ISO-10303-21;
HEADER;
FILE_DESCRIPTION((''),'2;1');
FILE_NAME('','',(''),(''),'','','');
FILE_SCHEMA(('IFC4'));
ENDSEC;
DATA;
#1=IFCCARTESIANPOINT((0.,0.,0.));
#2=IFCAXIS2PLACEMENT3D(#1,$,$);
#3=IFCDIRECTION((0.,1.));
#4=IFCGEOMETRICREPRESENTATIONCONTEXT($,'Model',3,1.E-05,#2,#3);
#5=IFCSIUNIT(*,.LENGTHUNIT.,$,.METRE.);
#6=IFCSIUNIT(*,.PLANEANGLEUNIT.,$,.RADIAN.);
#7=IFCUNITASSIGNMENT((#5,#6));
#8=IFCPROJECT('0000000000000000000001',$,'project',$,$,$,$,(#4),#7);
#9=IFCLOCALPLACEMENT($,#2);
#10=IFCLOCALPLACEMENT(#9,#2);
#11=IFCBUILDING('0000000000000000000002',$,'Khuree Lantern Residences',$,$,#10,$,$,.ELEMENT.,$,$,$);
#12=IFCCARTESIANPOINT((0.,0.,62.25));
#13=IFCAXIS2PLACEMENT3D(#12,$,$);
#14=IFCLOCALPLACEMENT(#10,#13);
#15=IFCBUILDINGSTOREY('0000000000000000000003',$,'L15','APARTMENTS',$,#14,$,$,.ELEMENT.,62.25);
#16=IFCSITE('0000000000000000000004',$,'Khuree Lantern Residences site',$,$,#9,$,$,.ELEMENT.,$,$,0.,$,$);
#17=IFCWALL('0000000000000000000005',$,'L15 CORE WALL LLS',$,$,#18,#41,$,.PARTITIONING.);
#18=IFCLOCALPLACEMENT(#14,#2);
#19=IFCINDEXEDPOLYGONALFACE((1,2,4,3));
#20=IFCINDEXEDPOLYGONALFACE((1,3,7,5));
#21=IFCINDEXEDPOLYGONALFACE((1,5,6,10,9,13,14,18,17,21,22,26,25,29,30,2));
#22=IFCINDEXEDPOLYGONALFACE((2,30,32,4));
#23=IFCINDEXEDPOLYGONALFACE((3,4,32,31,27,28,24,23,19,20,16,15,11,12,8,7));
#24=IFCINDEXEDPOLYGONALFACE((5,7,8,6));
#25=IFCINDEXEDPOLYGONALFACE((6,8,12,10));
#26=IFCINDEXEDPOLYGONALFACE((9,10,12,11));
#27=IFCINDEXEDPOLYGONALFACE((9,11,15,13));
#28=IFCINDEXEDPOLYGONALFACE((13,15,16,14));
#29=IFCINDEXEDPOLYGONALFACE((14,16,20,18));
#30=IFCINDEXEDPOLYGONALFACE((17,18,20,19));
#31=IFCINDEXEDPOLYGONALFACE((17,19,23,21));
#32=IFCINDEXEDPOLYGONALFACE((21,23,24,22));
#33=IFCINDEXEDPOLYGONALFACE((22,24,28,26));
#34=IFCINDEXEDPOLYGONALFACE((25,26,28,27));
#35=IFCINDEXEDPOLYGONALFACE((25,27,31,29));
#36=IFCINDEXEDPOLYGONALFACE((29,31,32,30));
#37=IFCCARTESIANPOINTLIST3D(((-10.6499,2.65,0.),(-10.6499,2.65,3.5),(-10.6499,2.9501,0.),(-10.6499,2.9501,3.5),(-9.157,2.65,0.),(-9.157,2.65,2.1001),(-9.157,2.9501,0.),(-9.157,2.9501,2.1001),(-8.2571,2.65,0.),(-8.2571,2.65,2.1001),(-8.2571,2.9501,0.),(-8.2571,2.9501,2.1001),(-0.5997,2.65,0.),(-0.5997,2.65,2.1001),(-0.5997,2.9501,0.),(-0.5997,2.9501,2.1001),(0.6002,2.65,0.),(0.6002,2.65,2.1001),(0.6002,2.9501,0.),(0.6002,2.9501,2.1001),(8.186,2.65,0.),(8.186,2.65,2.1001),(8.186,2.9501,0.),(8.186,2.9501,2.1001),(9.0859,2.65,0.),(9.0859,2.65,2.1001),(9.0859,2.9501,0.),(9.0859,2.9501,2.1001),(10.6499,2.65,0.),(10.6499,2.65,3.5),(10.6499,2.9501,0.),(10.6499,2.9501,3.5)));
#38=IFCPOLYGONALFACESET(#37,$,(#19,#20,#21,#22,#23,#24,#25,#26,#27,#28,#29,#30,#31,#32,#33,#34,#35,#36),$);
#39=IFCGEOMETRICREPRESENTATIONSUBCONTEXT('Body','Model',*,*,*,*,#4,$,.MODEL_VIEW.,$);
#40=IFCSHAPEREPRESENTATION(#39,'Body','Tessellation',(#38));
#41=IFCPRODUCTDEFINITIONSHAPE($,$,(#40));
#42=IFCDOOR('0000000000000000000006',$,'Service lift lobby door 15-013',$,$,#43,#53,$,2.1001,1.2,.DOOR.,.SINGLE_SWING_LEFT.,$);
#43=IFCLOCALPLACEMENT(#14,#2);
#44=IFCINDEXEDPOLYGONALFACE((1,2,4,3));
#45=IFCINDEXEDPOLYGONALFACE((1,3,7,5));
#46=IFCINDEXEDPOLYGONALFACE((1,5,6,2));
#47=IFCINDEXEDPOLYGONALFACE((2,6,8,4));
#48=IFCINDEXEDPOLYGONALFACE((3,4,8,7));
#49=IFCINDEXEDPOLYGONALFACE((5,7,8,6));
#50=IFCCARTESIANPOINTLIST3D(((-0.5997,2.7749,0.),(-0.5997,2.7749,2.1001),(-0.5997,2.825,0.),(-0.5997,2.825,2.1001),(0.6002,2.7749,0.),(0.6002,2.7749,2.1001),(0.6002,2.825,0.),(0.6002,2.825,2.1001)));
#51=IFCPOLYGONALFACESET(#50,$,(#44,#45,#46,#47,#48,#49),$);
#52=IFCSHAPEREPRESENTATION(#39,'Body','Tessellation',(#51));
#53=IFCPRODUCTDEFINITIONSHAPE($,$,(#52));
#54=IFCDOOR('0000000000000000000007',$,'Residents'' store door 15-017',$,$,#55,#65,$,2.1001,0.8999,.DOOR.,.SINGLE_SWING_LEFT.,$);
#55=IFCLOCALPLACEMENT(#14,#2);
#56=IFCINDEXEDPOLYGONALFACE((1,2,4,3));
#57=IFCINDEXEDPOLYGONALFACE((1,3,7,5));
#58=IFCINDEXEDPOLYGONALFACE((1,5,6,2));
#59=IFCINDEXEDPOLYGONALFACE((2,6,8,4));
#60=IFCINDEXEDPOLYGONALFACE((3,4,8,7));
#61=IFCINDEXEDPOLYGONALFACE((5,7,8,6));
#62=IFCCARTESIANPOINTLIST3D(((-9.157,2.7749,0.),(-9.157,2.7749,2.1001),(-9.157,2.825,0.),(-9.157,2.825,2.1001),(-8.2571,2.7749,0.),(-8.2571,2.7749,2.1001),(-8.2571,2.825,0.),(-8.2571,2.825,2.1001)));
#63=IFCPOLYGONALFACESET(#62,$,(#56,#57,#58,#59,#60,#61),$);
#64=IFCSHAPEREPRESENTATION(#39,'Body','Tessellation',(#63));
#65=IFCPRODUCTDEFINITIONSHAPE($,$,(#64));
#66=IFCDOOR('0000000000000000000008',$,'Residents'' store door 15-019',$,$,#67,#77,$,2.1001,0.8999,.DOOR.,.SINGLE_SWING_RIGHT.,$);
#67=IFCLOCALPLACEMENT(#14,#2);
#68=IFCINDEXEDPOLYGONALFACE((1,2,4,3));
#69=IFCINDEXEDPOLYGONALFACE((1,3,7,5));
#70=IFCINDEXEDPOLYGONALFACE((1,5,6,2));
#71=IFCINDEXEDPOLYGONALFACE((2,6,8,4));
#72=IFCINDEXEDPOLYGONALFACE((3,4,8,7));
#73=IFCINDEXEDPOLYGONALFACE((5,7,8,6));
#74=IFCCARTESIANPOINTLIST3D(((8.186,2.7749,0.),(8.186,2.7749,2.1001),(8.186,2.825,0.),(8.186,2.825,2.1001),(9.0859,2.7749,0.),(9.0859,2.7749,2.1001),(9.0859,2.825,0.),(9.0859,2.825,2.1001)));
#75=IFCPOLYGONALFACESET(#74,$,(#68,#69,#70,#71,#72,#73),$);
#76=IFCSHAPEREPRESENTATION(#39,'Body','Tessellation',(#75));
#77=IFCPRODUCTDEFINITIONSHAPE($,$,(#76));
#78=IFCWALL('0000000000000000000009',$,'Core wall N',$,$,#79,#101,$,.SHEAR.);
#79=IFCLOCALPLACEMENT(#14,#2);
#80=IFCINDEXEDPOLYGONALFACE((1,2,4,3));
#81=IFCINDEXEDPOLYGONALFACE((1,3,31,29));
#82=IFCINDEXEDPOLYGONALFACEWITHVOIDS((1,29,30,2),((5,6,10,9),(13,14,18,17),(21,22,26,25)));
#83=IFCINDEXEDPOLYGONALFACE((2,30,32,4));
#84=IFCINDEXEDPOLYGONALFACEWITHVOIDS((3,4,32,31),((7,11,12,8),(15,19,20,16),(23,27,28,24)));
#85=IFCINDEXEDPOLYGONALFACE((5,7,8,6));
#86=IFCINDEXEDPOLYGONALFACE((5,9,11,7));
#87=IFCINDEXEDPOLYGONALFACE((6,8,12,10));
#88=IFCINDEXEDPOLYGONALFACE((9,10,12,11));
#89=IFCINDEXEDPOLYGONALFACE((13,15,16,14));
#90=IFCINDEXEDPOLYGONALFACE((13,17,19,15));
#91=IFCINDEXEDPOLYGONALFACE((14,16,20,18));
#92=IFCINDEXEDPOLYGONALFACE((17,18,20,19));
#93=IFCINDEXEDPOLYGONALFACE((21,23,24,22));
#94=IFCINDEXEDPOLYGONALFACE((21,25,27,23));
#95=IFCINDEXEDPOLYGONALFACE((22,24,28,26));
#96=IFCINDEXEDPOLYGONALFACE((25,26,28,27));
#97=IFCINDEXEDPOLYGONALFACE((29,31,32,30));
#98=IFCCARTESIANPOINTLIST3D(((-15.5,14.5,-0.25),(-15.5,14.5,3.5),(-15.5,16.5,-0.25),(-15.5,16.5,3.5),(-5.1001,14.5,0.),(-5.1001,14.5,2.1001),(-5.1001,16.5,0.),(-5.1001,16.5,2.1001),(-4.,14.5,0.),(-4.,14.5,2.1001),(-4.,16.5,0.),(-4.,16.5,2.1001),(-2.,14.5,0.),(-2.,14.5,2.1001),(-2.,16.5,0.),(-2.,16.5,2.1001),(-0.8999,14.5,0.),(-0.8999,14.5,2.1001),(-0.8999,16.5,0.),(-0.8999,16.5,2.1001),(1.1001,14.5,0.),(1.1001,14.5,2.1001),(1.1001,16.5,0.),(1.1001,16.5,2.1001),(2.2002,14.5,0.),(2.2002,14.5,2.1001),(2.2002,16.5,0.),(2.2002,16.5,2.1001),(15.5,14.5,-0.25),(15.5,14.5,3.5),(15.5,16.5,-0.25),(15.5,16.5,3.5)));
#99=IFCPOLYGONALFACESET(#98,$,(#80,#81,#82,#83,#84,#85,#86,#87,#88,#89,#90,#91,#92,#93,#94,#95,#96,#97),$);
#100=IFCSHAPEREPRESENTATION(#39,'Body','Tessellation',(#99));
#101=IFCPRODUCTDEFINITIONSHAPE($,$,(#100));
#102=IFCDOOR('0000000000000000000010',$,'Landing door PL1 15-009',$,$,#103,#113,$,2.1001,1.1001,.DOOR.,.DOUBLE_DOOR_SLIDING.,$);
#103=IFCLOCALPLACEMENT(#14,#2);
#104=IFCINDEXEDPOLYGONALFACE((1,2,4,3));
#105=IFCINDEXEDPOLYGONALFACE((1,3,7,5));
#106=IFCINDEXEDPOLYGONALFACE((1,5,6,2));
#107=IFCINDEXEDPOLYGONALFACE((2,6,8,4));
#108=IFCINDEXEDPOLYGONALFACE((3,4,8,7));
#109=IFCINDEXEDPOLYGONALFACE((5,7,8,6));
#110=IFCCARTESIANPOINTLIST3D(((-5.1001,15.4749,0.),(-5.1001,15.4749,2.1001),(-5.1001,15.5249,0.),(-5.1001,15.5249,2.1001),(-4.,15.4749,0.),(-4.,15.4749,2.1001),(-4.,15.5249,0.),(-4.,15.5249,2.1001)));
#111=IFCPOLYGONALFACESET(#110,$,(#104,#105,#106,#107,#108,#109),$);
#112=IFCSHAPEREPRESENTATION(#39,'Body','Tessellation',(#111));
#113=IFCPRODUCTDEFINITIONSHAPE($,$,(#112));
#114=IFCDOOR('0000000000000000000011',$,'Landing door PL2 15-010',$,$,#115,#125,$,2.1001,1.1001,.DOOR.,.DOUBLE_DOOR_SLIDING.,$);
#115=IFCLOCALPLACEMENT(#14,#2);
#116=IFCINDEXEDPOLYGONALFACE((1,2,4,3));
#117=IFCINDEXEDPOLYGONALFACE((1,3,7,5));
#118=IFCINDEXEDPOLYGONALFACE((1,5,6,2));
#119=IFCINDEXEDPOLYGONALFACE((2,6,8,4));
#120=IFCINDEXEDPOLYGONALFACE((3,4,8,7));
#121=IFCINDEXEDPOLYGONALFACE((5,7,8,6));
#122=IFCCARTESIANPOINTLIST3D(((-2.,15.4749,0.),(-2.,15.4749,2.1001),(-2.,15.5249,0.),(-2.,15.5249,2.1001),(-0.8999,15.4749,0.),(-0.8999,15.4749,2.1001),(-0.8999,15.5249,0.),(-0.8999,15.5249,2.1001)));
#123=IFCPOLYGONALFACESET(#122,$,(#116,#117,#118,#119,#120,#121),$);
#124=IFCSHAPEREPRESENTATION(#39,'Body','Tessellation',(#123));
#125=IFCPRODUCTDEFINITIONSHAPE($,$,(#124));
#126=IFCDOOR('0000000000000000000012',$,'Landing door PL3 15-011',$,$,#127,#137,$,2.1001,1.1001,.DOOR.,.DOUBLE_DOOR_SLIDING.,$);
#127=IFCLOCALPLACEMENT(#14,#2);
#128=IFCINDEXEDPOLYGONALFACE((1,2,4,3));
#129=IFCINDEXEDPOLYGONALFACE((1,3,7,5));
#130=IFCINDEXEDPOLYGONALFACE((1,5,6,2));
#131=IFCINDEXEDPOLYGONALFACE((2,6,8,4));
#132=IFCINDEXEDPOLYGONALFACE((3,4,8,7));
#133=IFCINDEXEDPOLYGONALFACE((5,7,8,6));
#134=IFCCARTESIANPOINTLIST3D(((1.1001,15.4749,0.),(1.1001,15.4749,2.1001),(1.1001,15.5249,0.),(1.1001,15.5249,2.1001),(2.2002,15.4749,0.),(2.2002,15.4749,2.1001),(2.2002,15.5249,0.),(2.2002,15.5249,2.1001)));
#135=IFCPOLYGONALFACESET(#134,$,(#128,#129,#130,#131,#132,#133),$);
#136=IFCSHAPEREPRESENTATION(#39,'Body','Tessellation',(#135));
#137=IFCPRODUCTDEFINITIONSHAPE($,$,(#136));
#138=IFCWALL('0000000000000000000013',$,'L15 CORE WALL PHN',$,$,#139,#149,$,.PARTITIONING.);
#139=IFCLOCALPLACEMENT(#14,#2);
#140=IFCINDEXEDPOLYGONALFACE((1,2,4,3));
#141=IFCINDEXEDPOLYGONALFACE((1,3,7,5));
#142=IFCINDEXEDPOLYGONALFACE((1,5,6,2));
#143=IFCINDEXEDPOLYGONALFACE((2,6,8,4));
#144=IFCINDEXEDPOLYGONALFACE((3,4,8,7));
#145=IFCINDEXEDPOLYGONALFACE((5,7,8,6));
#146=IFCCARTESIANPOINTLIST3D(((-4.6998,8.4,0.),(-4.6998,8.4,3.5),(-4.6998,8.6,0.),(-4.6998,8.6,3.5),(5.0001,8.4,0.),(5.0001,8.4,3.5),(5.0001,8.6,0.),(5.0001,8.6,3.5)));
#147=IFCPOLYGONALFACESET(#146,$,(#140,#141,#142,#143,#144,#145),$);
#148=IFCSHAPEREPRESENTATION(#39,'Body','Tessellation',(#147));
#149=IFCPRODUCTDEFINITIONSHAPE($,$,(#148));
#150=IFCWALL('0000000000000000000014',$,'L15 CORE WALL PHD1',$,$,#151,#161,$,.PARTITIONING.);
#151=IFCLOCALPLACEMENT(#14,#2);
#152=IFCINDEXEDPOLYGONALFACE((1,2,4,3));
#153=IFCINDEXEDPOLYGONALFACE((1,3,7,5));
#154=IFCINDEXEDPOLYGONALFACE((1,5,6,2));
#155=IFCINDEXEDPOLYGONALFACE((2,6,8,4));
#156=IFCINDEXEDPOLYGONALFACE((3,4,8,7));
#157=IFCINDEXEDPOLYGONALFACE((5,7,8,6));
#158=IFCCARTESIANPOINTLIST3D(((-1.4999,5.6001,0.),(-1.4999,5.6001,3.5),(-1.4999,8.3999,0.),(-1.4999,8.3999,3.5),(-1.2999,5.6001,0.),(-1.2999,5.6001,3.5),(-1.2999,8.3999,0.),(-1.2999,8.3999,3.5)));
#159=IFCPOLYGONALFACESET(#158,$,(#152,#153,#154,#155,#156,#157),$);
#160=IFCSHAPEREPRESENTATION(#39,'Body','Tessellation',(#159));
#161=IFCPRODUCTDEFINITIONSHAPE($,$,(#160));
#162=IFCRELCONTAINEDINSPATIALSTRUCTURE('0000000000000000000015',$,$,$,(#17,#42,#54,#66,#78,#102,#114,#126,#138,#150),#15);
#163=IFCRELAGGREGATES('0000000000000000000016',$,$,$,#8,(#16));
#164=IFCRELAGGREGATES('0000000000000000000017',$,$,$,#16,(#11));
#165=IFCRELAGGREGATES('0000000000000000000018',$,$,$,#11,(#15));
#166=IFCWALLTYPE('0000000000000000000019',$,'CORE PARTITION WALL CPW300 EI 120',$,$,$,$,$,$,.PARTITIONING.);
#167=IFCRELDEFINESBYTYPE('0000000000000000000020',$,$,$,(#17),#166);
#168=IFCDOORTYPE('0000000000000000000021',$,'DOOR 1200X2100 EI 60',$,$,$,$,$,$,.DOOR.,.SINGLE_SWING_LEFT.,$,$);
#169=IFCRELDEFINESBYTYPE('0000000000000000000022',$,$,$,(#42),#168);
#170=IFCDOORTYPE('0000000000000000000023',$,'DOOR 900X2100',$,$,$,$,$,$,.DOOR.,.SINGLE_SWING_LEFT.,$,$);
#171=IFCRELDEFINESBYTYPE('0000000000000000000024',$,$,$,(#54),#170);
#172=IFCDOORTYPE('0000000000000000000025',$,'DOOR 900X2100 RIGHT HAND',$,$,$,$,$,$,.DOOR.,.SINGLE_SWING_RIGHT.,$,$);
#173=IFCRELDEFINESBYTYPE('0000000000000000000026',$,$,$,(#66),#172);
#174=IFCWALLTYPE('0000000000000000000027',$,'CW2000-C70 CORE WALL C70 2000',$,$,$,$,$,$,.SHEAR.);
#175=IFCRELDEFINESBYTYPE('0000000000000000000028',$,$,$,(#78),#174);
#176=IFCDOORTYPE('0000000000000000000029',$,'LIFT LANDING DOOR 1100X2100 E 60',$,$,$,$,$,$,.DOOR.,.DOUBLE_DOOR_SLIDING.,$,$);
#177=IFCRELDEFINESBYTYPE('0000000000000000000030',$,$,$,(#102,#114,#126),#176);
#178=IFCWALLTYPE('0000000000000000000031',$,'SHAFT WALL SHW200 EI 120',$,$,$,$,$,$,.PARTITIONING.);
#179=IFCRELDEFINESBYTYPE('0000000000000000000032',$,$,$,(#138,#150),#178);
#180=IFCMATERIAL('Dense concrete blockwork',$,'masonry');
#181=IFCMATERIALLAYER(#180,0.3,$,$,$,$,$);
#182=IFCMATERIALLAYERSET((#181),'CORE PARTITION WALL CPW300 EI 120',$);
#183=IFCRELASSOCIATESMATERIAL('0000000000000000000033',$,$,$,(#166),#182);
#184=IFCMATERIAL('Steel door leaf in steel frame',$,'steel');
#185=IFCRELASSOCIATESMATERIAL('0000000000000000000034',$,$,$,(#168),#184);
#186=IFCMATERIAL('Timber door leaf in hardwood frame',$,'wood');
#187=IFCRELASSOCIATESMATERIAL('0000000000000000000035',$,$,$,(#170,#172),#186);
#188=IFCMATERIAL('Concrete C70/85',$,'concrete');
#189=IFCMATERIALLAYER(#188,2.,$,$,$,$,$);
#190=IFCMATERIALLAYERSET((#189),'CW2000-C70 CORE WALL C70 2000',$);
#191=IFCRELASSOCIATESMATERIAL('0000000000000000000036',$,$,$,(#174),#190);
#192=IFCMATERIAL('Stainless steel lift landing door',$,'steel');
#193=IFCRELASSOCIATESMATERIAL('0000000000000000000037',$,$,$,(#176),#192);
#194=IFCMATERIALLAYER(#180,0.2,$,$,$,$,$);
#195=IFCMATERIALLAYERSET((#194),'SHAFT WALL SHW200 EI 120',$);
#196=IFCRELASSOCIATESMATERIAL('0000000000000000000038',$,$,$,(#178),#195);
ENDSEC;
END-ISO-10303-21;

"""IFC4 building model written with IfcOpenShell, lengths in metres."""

from ifc_helpers import new_model, si_unit, direction, frame, frame_2d, origin, place, context, subcontext, project, spatial, rectangle, extrude, material, layer, layer_set, type_object, element, fill, save


model = new_model("IFC4")

# Units and contexts
model_context = context("Model", 3, precision=1e-05, world=origin(), true_north=direction((0.0, 1.0)))
body_context = subcontext(model_context, "Body", "Model", "MODEL_VIEW")
ifc_project = project(units=[si_unit("LENGTHUNIT", "METRE"), si_unit("PLANEANGLEUNIT", "RADIAN")], contexts=[model_context])

# Site, building, storey
site_placement = place(None, origin())
site = spatial("IfcSite", under=ifc_project, at=site_placement, Name="Khuree Lantern Residences site", CompositionType="ELEMENT", RefElevation=0.0)
building_placement = place(site_placement, origin())
building = spatial("IfcBuilding", under=site, at=building_placement, Name="Khuree Lantern Residences", CompositionType="ELEMENT")
storey_placement = place(building_placement, frame((0.0, 0.0, 62.25)))
storey = spatial("IfcBuildingStorey", under=building, at=storey_placement, Name="L15", Description="APARTMENTS", CompositionType="ELEMENT", Elevation=62.25)

# Shared definitions
ifc_material_1 = material(Name="Dense concrete blockwork", Category="masonry")
ifc_layer_1 = layer(ifc_material_1, 0.3)
ifc_layer_set_1 = layer_set([ifc_layer_1], Name="CORE PARTITION WALL CPW300 EI 120")
wall_type_1 = type_object("IfcWallType", Name="CORE PARTITION WALL CPW300 EI 120", PredefinedType="PARTITIONING", material=ifc_layer_set_1)

# Walls, openings, doors
wall_1_placement = place(storey_placement, frame((-10.6499, 2.8, 0.0), z_axis=(0.0, 0.0, 1.0), x_axis=(1.0, 0.0, 0.0)))
wall_1 = element("IfcWall", 1, at=wall_1_placement, inside=storey, type_object=wall_type_1, Name="L15 CORE WALL LLS", PredefinedType="PARTITIONING", context=body_context, shape_type="SweptSolid", body=[
    extrude(rectangle(XDim=21.2998, YDim=0.3, at=frame_2d((10.6499, 0.0))), origin(), (0.0, 0.0, 1.0), 3.5),
])
opening_1_placement = place(wall_1_placement, frame((10.05, 0.0, 0.0)))
opening_1 = element("IfcOpeningElement", 2, at=opening_1_placement, cuts=wall_1, PredefinedType="OPENING", context=body_context, shape_type="SweptSolid", body=[
    extrude(rectangle(XDim=1.2, YDim=2.1001, at=frame_2d((0.6001, 1.05))), frame((0.0, 0.1602, 0.0), z_axis=(0.0, -1.0, 0.0), x_axis=(1.0, 0.0, 0.0)), (0.0, 0.0, 1.0), 0.3201),
])
opening_2_placement = place(wall_1_placement, frame((1.4929, 0.0, 0.0)))
opening_2 = element("IfcOpeningElement", 3, at=opening_2_placement, cuts=wall_1, PredefinedType="OPENING", context=body_context, shape_type="SweptSolid", body=[
    extrude(rectangle(XDim=0.8999, YDim=2.1001, at=frame_2d((0.45, 1.05))), frame((0.0, 0.1602, 0.0), z_axis=(0.0, -1.0, 0.0), x_axis=(1.0, 0.0, 0.0)), (0.0, 0.0, 1.0), 0.3201),
])
opening_3_placement = place(wall_1_placement, frame((18.8359, 0.0, 0.0)))
opening_3 = element("IfcOpeningElement", 4, at=opening_3_placement, cuts=wall_1, PredefinedType="OPENING", context=body_context, shape_type="SweptSolid", body=[
    extrude(rectangle(XDim=0.8999, YDim=2.1001, at=frame_2d((0.45, 1.05))), frame((0.0, 0.1602, 0.0), z_axis=(0.0, -1.0, 0.0), x_axis=(1.0, 0.0, 0.0)), (0.0, 0.0, 1.0), 0.3201),
])
ifc_material_2 = material(Name="Steel door leaf in steel frame", Category="steel")
door_type_1 = type_object("IfcDoorType", Name="DOOR 1200X2100 EI 60", OperationType="SINGLE_SWING_LEFT", PredefinedType="DOOR", material=ifc_material_2)
door_1_placement = place(opening_1_placement, origin())
door_1 = element("IfcDoor", 5, at=door_1_placement, inside=storey, type_object=door_type_1, Name="Service lift lobby door 15-013", OperationType="SINGLE_SWING_LEFT", OverallHeight=2.1001, OverallWidth=1.2, PredefinedType="DOOR", context=body_context, shape_type="SweptSolid", body=[
    extrude(rectangle(XDim=1.2, YDim=2.1001, at=frame_2d((0.6001, 1.05))), frame((0.0, 0.0249, 0.0), z_axis=(0.0, -1.0, 0.0), x_axis=(1.0, 0.0, 0.0)), (0.0, 0.0, 1.0), 0.05),
])
fill(opening_1, door_1)
ifc_material_3 = material(Name="Timber door leaf in hardwood frame", Category="wood")
door_type_2 = type_object("IfcDoorType", Name="DOOR 900X2100", OperationType="SINGLE_SWING_LEFT", PredefinedType="DOOR", material=ifc_material_3)
door_2_placement = place(opening_2_placement, origin())
door_2 = element("IfcDoor", 6, at=door_2_placement, inside=storey, type_object=door_type_2, Name="Residents' store door 15-017", OperationType="SINGLE_SWING_LEFT", OverallHeight=2.1001, OverallWidth=0.8999, PredefinedType="DOOR", context=body_context, shape_type="SweptSolid", body=[
    extrude(rectangle(XDim=0.8999, YDim=2.1001, at=frame_2d((0.45, 1.05))), frame((0.0, 0.0249, 0.0), z_axis=(0.0, -1.0, 0.0), x_axis=(1.0, 0.0, 0.0)), (0.0, 0.0, 1.0), 0.05),
])
fill(opening_2, door_2)
door_type_3 = type_object("IfcDoorType", Name="DOOR 900X2100 RIGHT HAND", OperationType="SINGLE_SWING_RIGHT", PredefinedType="DOOR", material=ifc_material_3)
door_3_placement = place(opening_3_placement, origin())
door_3 = element("IfcDoor", 7, at=door_3_placement, inside=storey, type_object=door_type_3, Name="Residents' store door 15-019", OperationType="SINGLE_SWING_RIGHT", OverallHeight=2.1001, OverallWidth=0.8999, PredefinedType="DOOR", context=body_context, shape_type="SweptSolid", body=[
    extrude(rectangle(XDim=0.8999, YDim=2.1001, at=frame_2d((0.45, 1.05))), frame((0.0, 0.0249, 0.0), z_axis=(0.0, -1.0, 0.0), x_axis=(1.0, 0.0, 0.0)), (0.0, 0.0, 1.0), 0.05),
])
fill(opening_3, door_3)
ifc_material_4 = material(Name="Concrete C70/85", Category="concrete")
ifc_layer_2 = layer(ifc_material_4, 2.0)
ifc_layer_set_2 = layer_set([ifc_layer_2], Name="CW2000-C70 CORE WALL C70 2000")
wall_type_2 = type_object("IfcWallType", Name="CW2000-C70 CORE WALL C70 2000", PredefinedType="SHEAR", material=ifc_layer_set_2)
wall_2_placement = place(storey_placement, frame((-15.5, 15.5, -0.25), z_axis=(0.0, 0.0, 1.0), x_axis=(1.0, 0.0, 0.0)))
wall_2 = element("IfcWall", 8, at=wall_2_placement, inside=storey, type_object=wall_type_2, Name="Core wall N", PredefinedType="SHEAR", context=body_context, shape_type="SweptSolid", body=[
    extrude(rectangle(XDim=31.0, YDim=2.0, at=frame_2d((15.5, 0.0))), origin(), (0.0, 0.0, 1.0), 3.75),
])
opening_4_placement = place(wall_2_placement, frame((10.3999, 0.0, 0.25)))
opening_4 = element("IfcOpeningElement", 9, at=opening_4_placement, cuts=wall_2, PredefinedType="OPENING", context=body_context, shape_type="SweptSolid", body=[
    extrude(rectangle(XDim=1.1001, YDim=2.1001, at=frame_2d((0.55, 1.05))), frame((0.0, 1.01, 0.0), z_axis=(0.0, -1.0, 0.0), x_axis=(1.0, 0.0, 0.0)), (0.0, 0.0, 1.0), 2.02),
])
opening_5_placement = place(wall_2_placement, frame((13.5, 0.0, 0.25)))
opening_5 = element("IfcOpeningElement", 10, at=opening_5_placement, cuts=wall_2, PredefinedType="OPENING", context=body_context, shape_type="SweptSolid", body=[
    extrude(rectangle(XDim=1.1001, YDim=2.1001, at=frame_2d((0.55, 1.05))), frame((0.0, 1.01, 0.0), z_axis=(0.0, -1.0, 0.0), x_axis=(1.0, 0.0, 0.0)), (0.0, 0.0, 1.0), 2.02),
])
opening_6_placement = place(wall_2_placement, frame((16.6001, 0.0, 0.25)))
opening_6 = element("IfcOpeningElement", 11, at=opening_6_placement, cuts=wall_2, PredefinedType="OPENING", context=body_context, shape_type="SweptSolid", body=[
    extrude(rectangle(XDim=1.1001, YDim=2.1001, at=frame_2d((0.55, 1.05))), frame((0.0, 1.01, 0.0), z_axis=(0.0, -1.0, 0.0), x_axis=(1.0, 0.0, 0.0)), (0.0, 0.0, 1.0), 2.02),
])
ifc_material_5 = material(Name="Stainless steel lift landing door", Category="steel")
door_type_4 = type_object("IfcDoorType", Name="LIFT LANDING DOOR 1100X2100 E 60", OperationType="DOUBLE_DOOR_SLIDING", PredefinedType="DOOR", material=ifc_material_5)
door_4_placement = place(opening_4_placement, origin())
door_4 = element("IfcDoor", 12, at=door_4_placement, inside=storey, type_object=door_type_4, Name="Landing door PL1 15-009", OperationType="DOUBLE_DOOR_SLIDING", OverallHeight=2.1001, OverallWidth=1.1001, PredefinedType="DOOR", context=body_context, shape_type="SweptSolid", body=[
    extrude(rectangle(XDim=1.1001, YDim=2.1001, at=frame_2d((0.55, 1.05))), frame((0.0, 0.0249, 0.0), z_axis=(0.0, -1.0, 0.0), x_axis=(1.0, 0.0, 0.0)), (0.0, 0.0, 1.0), 0.05),
])
fill(opening_4, door_4)
door_5_placement = place(opening_5_placement, origin())
door_5 = element("IfcDoor", 13, at=door_5_placement, inside=storey, type_object=door_type_4, Name="Landing door PL2 15-010", OperationType="DOUBLE_DOOR_SLIDING", OverallHeight=2.1001, OverallWidth=1.1001, PredefinedType="DOOR", context=body_context, shape_type="SweptSolid", body=[
    extrude(rectangle(XDim=1.1001, YDim=2.1001, at=frame_2d((0.55, 1.05))), frame((0.0, 0.0249, 0.0), z_axis=(0.0, -1.0, 0.0), x_axis=(1.0, 0.0, 0.0)), (0.0, 0.0, 1.0), 0.05),
])
fill(opening_5, door_5)
door_6_placement = place(opening_6_placement, origin())
door_6 = element("IfcDoor", 14, at=door_6_placement, inside=storey, type_object=door_type_4, Name="Landing door PL3 15-011", OperationType="DOUBLE_DOOR_SLIDING", OverallHeight=2.1001, OverallWidth=1.1001, PredefinedType="DOOR", context=body_context, shape_type="SweptSolid", body=[
    extrude(rectangle(XDim=1.1001, YDim=2.1001, at=frame_2d((0.55, 1.05))), frame((0.0, 0.0249, 0.0), z_axis=(0.0, -1.0, 0.0), x_axis=(1.0, 0.0, 0.0)), (0.0, 0.0, 1.0), 0.05),
])
fill(opening_6, door_6)

# Walls
ifc_layer_3 = layer(ifc_material_1, 0.2)
ifc_layer_set_3 = layer_set([ifc_layer_3], Name="SHAFT WALL SHW200 EI 120")
wall_type_3 = type_object("IfcWallType", Name="SHAFT WALL SHW200 EI 120", PredefinedType="PARTITIONING", material=ifc_layer_set_3)
wall_3_placement = place(storey_placement, frame((-4.7, 8.5, 0.0), z_axis=(0.0, 0.0, 1.0), x_axis=(1.0, 0.0, 0.0)))
element("IfcWall", 15, at=wall_3_placement, inside=storey, type_object=wall_type_3, Name="L15 CORE WALL PHN", PredefinedType="PARTITIONING", context=body_context, shape_type="SweptSolid", body=[
    extrude(rectangle(XDim=9.7, YDim=0.2, at=frame_2d((4.8501, 0.0))), origin(), (0.0, 0.0, 1.0), 3.5),
])
wall_4_placement = place(storey_placement, frame((-1.3999, 5.6001, 0.0), z_axis=(0.0, 0.0, 1.0), x_axis=(0.0, 1.0, 0.0)))
element("IfcWall", 16, at=wall_4_placement, inside=storey, type_object=wall_type_3, Name="L15 CORE WALL PHD1", PredefinedType="PARTITIONING", context=body_context, shape_type="SweptSolid", body=[
    extrude(rectangle(XDim=2.7998, YDim=0.2, at=frame_2d((1.3999, 0.0))), origin(), (0.0, 0.0, 1.0), 3.5),
])

save(model, "model.ifc")
